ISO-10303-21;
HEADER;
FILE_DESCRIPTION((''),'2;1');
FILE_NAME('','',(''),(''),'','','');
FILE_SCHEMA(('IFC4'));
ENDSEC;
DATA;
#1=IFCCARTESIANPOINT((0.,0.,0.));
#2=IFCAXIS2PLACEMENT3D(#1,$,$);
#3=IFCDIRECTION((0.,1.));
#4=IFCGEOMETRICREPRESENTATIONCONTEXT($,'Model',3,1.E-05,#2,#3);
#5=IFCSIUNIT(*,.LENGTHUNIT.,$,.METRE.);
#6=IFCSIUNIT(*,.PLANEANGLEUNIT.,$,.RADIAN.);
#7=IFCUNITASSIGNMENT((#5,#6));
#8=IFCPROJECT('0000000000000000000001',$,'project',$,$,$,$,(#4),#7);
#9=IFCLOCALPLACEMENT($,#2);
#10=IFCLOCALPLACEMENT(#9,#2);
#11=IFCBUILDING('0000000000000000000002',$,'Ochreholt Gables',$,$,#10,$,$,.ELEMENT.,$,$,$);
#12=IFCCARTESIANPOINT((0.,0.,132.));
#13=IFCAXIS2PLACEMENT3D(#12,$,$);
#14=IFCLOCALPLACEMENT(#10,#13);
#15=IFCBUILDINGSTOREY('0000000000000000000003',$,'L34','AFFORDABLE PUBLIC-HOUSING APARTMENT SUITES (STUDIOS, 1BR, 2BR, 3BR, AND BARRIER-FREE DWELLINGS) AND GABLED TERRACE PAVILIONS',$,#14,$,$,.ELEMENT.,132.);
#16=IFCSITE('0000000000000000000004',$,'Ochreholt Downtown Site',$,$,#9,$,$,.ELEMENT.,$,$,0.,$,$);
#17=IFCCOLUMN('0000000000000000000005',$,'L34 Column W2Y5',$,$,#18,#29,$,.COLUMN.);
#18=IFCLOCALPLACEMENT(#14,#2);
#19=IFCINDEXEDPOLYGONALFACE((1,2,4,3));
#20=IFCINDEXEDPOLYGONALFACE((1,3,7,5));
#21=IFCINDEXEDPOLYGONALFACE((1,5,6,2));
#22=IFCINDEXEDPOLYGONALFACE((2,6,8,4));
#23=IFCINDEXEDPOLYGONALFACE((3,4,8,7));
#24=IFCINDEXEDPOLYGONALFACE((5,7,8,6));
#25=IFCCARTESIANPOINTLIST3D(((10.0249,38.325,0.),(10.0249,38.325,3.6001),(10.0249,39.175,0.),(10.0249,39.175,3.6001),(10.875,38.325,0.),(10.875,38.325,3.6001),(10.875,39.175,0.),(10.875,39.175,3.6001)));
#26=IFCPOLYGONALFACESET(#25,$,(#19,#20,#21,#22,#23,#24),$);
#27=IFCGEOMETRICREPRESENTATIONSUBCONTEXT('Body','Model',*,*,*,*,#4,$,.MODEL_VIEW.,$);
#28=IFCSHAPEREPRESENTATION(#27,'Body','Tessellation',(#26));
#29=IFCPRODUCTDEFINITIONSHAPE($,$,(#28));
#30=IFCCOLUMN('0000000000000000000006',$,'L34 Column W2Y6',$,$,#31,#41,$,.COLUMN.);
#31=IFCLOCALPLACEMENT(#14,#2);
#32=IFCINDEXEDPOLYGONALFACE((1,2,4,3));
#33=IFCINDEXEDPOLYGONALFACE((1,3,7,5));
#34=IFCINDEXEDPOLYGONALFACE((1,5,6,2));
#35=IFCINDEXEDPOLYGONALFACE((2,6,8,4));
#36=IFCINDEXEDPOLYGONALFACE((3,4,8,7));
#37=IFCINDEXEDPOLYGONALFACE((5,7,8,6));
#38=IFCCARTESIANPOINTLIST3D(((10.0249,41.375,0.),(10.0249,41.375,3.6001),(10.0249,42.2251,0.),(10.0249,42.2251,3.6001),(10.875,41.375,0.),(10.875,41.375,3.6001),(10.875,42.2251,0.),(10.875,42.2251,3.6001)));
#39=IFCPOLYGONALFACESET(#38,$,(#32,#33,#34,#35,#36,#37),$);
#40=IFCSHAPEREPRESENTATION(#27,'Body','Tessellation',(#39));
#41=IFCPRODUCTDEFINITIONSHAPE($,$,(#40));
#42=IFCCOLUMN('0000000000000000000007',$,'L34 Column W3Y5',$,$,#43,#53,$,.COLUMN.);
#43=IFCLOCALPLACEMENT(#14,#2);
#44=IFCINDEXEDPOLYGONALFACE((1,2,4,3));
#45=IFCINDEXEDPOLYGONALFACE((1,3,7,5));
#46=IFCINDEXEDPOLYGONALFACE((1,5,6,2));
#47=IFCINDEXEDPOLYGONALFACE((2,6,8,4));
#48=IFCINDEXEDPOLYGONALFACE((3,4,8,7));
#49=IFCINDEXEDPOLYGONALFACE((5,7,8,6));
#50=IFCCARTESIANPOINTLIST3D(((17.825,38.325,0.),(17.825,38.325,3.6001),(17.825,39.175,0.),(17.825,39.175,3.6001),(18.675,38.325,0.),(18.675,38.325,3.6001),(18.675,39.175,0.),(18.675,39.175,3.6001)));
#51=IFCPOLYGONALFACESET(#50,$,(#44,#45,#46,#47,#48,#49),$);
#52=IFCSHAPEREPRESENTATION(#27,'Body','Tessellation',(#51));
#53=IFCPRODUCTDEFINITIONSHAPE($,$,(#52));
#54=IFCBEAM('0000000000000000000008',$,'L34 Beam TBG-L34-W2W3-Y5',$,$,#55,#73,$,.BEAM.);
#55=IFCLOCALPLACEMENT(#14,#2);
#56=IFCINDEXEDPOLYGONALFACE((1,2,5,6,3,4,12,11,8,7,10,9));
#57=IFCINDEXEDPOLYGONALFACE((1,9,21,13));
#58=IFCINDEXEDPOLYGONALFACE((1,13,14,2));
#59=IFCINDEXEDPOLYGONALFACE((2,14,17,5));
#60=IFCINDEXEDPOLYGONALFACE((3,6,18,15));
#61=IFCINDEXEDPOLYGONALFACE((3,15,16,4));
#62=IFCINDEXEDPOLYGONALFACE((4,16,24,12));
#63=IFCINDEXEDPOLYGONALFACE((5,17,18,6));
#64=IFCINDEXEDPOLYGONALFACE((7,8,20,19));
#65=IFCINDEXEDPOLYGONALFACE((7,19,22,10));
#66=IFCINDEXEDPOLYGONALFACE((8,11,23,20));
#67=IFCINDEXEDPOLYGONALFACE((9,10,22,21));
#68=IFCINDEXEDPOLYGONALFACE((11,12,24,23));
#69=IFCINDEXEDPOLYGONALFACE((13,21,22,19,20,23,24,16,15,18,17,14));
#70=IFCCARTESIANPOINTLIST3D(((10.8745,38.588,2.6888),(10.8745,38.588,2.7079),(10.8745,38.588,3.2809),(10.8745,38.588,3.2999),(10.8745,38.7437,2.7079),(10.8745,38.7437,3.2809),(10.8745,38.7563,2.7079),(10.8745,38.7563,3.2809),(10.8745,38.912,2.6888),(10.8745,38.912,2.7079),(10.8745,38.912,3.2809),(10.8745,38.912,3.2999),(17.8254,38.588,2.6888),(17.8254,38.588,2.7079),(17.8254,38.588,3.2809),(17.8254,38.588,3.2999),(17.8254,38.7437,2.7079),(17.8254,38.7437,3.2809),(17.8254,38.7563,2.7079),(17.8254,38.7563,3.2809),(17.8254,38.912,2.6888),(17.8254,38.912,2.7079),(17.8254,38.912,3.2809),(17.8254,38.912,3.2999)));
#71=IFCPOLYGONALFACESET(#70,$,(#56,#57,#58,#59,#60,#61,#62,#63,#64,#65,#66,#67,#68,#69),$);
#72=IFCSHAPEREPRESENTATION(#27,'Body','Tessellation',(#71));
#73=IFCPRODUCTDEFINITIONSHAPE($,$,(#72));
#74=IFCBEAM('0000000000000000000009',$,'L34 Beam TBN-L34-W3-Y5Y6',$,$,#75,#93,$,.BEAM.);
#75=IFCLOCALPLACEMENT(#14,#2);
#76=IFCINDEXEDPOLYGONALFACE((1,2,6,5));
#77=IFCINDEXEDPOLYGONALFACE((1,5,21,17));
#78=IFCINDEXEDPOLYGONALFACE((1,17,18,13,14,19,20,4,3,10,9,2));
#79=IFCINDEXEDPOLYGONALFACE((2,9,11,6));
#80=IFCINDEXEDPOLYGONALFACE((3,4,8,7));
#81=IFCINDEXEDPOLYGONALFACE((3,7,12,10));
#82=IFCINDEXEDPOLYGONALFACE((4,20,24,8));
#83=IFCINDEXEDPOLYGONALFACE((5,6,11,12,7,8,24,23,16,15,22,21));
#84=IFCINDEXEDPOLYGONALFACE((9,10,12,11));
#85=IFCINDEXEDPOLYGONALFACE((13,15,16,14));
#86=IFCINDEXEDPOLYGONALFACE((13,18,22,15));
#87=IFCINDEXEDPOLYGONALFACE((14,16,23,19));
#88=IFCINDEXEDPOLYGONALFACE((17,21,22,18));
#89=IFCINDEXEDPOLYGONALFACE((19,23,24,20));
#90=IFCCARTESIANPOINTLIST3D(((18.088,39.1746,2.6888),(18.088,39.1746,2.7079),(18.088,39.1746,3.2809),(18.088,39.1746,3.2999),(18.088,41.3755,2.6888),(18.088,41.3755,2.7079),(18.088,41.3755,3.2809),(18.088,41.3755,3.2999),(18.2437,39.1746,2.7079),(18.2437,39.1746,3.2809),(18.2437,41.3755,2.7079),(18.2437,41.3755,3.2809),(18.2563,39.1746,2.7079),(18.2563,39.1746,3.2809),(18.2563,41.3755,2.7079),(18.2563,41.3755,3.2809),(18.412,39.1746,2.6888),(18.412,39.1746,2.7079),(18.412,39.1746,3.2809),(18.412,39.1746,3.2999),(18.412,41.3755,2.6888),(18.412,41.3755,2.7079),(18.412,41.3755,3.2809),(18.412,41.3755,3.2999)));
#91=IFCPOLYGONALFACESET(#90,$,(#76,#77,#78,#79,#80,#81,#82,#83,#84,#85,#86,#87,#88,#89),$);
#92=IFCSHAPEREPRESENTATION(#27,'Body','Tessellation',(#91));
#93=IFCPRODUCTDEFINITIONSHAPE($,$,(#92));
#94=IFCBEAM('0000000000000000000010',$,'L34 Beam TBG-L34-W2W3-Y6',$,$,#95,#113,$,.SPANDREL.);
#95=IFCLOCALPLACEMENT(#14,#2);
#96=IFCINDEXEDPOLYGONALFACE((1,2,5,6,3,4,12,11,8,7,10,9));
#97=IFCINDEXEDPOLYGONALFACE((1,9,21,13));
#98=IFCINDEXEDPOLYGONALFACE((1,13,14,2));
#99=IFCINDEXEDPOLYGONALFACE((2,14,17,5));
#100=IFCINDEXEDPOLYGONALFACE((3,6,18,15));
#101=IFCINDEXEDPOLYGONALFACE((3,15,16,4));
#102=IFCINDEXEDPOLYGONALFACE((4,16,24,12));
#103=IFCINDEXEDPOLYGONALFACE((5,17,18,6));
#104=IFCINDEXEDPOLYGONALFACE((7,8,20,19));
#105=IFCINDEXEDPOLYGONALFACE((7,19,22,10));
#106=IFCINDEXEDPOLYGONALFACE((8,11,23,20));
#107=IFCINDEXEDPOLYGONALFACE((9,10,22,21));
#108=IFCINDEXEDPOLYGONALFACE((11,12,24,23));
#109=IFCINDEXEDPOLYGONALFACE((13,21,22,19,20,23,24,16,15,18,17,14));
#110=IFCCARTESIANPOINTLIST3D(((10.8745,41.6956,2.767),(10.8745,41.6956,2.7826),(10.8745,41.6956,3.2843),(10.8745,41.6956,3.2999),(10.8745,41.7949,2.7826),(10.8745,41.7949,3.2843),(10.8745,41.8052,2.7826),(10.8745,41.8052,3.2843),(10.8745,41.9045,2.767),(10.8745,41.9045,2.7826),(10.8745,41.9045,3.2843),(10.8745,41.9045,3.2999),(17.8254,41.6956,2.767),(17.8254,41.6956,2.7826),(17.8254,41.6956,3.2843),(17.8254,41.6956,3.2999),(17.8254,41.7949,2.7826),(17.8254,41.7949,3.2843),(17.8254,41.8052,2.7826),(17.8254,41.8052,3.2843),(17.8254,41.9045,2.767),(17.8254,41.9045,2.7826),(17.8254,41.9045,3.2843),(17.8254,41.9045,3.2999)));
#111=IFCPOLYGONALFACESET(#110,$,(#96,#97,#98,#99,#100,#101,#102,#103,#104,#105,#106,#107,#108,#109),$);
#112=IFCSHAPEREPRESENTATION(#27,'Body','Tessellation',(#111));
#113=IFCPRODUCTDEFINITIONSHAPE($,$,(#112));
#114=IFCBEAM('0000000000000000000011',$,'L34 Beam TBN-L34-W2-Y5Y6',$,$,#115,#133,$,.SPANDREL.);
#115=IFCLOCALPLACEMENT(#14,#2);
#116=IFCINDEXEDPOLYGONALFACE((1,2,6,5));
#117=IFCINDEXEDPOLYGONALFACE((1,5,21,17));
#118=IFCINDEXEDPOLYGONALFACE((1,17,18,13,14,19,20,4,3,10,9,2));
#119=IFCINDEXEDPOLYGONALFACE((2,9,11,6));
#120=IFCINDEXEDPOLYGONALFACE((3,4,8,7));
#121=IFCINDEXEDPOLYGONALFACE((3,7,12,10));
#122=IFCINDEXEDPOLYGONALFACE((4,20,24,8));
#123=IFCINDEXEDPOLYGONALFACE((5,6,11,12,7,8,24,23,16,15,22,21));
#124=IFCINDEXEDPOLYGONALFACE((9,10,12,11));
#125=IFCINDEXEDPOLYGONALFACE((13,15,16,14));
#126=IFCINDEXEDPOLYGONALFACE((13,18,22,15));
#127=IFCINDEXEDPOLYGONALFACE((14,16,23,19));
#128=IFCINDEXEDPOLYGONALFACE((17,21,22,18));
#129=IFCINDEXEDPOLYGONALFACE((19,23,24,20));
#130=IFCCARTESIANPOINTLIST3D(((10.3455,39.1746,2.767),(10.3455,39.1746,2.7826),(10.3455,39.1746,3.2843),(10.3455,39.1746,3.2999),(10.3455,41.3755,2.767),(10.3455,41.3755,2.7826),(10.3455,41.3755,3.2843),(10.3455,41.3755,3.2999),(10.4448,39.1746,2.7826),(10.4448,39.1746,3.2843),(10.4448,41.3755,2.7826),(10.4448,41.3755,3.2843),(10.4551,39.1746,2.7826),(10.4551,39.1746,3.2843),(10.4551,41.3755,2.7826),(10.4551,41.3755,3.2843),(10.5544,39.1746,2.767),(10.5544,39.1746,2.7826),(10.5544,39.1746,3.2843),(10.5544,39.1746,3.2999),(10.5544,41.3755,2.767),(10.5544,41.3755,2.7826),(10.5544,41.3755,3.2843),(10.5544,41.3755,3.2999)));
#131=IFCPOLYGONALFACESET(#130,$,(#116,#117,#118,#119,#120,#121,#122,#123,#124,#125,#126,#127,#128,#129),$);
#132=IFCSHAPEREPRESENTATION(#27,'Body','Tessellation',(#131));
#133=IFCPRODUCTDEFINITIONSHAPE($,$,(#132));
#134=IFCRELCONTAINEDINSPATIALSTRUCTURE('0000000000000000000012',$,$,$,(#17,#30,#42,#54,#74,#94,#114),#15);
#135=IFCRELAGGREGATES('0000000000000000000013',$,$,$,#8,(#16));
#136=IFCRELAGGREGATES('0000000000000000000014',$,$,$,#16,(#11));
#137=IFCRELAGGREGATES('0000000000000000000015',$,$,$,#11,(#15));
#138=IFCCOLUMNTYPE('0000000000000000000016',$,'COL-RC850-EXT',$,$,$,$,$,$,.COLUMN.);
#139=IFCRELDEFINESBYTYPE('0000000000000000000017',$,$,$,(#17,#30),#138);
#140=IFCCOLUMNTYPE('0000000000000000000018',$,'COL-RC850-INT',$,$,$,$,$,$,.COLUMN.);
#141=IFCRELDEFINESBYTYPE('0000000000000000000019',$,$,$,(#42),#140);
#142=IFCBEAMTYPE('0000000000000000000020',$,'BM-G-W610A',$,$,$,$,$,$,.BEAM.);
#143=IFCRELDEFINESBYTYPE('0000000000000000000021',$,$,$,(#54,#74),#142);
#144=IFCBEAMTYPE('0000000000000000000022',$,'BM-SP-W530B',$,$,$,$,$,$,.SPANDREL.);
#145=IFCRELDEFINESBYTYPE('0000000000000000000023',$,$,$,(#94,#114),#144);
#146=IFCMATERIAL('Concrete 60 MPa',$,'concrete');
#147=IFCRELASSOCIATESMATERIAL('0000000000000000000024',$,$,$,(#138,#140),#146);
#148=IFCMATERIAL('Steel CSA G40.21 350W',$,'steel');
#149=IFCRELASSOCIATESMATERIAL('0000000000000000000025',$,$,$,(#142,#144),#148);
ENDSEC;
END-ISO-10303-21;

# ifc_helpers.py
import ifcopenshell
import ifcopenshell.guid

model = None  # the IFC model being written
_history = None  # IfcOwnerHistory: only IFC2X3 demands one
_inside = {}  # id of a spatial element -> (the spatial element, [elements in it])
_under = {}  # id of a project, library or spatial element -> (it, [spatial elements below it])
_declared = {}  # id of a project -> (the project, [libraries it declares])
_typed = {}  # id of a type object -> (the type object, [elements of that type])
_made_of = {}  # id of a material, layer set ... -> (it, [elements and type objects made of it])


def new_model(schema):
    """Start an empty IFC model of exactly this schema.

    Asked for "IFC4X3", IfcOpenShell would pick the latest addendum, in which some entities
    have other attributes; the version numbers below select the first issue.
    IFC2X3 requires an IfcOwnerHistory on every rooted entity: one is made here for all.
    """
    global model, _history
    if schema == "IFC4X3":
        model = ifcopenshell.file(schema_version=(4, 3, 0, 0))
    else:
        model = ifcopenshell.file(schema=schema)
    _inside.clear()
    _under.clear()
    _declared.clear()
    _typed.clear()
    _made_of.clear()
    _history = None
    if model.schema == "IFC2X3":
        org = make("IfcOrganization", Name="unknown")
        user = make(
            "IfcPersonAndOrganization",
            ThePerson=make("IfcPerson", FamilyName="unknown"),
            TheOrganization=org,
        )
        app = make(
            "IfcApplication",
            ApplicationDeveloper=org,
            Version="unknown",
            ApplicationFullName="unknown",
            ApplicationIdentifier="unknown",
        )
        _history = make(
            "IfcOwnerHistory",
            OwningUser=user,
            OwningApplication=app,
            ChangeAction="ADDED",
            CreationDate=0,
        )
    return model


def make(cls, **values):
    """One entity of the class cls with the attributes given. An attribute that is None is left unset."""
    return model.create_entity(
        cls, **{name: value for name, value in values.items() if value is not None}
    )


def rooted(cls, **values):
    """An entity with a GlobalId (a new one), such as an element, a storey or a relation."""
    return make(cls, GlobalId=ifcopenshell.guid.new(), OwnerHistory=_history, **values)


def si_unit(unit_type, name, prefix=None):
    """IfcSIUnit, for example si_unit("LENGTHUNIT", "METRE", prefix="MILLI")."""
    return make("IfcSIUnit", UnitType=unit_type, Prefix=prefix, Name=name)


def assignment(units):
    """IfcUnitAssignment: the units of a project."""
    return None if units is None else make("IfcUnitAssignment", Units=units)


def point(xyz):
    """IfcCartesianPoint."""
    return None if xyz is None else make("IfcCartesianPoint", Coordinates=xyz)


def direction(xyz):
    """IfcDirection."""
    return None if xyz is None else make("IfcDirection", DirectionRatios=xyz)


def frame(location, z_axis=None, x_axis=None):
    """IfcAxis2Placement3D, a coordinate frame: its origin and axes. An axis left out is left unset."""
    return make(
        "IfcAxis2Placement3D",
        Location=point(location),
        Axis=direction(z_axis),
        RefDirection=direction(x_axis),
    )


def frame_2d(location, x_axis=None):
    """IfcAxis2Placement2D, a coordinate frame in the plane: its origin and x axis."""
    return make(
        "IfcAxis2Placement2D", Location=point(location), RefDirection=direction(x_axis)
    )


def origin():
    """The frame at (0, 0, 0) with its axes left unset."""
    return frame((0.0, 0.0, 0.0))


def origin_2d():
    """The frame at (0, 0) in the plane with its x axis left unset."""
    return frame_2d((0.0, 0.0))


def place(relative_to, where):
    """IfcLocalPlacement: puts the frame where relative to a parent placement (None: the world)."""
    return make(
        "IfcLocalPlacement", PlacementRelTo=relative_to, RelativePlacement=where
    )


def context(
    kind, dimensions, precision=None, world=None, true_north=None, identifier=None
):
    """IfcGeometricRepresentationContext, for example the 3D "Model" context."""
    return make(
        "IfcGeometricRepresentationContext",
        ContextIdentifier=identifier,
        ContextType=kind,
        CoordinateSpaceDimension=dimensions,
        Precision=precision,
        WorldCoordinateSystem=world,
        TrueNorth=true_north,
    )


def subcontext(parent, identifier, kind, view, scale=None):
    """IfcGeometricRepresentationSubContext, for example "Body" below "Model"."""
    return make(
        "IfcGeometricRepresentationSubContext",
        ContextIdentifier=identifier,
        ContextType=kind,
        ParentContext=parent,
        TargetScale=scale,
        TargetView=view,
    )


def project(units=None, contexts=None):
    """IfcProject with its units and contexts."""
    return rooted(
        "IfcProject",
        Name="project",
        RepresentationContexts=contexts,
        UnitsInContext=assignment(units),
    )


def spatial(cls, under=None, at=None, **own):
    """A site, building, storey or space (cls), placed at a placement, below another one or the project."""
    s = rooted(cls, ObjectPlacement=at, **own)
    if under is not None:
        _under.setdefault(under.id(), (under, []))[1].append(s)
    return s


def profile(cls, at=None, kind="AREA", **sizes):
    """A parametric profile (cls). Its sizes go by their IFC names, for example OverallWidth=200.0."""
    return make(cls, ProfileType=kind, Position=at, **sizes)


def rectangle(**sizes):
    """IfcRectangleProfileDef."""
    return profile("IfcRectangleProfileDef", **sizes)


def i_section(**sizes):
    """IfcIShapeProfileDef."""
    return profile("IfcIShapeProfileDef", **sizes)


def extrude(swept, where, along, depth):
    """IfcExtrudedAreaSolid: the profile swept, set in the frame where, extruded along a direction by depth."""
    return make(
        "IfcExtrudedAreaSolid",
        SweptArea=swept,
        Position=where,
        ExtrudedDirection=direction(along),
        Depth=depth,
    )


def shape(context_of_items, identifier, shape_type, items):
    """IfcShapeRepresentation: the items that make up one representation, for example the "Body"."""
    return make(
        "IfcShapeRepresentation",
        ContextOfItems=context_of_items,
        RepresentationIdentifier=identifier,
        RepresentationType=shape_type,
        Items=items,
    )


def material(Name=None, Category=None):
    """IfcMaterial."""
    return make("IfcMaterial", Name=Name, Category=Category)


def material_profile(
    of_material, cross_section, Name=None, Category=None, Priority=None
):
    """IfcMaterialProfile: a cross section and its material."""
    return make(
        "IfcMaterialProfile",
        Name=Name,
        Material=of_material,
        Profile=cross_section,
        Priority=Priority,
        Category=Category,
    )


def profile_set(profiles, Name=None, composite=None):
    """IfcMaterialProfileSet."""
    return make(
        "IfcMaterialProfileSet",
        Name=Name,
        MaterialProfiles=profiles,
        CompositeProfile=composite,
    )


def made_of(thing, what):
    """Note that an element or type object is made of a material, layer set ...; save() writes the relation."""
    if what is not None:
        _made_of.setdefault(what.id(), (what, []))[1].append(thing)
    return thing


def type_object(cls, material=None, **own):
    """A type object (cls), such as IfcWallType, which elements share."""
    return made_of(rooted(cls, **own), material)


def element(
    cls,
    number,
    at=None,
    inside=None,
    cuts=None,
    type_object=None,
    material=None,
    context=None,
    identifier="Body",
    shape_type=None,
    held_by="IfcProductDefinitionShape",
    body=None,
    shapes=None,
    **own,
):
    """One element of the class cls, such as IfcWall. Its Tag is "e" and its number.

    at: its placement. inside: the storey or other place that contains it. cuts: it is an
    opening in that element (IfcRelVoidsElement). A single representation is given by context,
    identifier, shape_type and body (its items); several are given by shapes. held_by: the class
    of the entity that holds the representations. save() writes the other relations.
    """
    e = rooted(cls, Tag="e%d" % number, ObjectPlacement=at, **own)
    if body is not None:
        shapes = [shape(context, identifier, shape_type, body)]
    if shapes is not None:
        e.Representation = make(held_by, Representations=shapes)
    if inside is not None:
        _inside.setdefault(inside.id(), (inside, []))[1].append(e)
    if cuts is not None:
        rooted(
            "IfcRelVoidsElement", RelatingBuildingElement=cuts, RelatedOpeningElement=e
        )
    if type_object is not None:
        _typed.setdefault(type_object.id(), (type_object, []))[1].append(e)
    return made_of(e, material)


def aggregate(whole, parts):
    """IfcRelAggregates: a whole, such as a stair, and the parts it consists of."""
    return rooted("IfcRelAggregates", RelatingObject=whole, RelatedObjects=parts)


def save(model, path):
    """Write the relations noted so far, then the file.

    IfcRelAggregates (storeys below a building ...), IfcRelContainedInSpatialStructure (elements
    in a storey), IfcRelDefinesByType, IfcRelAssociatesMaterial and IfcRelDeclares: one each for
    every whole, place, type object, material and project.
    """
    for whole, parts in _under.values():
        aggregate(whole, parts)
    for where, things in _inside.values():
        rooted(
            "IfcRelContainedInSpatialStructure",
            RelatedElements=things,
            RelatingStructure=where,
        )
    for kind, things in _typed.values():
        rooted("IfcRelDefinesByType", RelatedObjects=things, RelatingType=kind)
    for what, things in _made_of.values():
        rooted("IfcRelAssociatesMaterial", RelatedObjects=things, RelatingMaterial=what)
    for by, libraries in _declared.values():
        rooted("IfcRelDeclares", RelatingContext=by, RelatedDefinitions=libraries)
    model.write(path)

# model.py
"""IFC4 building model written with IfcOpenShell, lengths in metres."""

from ifc_helpers import new_model, si_unit, direction, frame, origin, origin_2d, place, context, subcontext, project, spatial, rectangle, i_section, extrude, material, material_profile, profile_set, type_object, element, save


model = new_model("IFC4")

# Units and contexts
model_context = context("Model", 3, precision=1e-05, world=origin(), true_north=direction((0.0, 1.0)))
body_context = subcontext(model_context, "Body", "Model", "MODEL_VIEW")
ifc_project = project(units=[si_unit("LENGTHUNIT", "METRE"), si_unit("PLANEANGLEUNIT", "RADIAN")], contexts=[model_context])

# Site, building, storey
site_placement = place(None, origin())
site = spatial("IfcSite", under=ifc_project, at=site_placement, Name="Ochreholt Downtown Site", CompositionType="ELEMENT", RefElevation=0.0)
building_placement = place(site_placement, origin())
building = spatial("IfcBuilding", under=site, at=building_placement, Name="Ochreholt Gables", CompositionType="ELEMENT")
storey_placement = place(building_placement, frame((0.0, 0.0, 132.0)))
storey = spatial("IfcBuildingStorey", under=building, at=storey_placement, Name="L34", Description="AFFORDABLE PUBLIC-HOUSING APARTMENT SUITES (STUDIOS, 1BR, 2BR, 3BR, AND BARRIER-FREE DWELLINGS) AND GABLED TERRACE PAVILIONS", CompositionType="ELEMENT", Elevation=132.0)

# Columns
ifc_material_1 = material(Name="Concrete 60 MPa", Category="concrete")
ifc_material_profile_1 = material_profile(ifc_material_1, rectangle(XDim=0.8501, YDim=0.8501, at=origin_2d()), Name="RC850X850")
ifc_profile_set_1 = profile_set([ifc_material_profile_1], Name="Concrete 60 MPa")
column_type_1 = type_object("IfcColumnType", Name="COL-RC850-EXT", PredefinedType="COLUMN", material=ifc_profile_set_1)
for number, where, z_axis, x_axis, name in (
    (1, (10.45, 38.75, 0.0), (0.0, 0.0, 1.0), (1.0, 0.0, 0.0), "L34 Column W2Y5"),
    (2, (10.45, 41.8, 0.0), (0.0, 0.0, 1.0), (1.0, 0.0, 0.0), "L34 Column W2Y6"),
):
    element("IfcColumn", number, at=place(storey_placement, frame(where, z_axis=z_axis, x_axis=x_axis)), inside=storey, type_object=column_type_1, Name=name, PredefinedType="COLUMN", context=body_context, shape_type="SweptSolid", body=[
        extrude(rectangle(XDim=0.8501, YDim=0.8501, at=origin_2d()), origin(), (0.0, 0.0, 1.0), 3.6001),
    ])
ifc_material_profile_2 = material_profile(ifc_material_1, rectangle(XDim=0.8501, YDim=0.8501, at=origin_2d()), Name="RC850X850")
ifc_profile_set_2 = profile_set([ifc_material_profile_2], Name="Concrete 60 MPa")
column_type_2 = type_object("IfcColumnType", Name="COL-RC850-INT", PredefinedType="COLUMN", material=ifc_profile_set_2)
column_placement = place(storey_placement, frame((18.25, 38.75, 0.0), z_axis=(0.0, 0.0, 1.0), x_axis=(1.0, 0.0, 0.0)))
element("IfcColumn", 3, at=column_placement, inside=storey, type_object=column_type_2, Name="L34 Column W3Y5", PredefinedType="COLUMN", context=body_context, shape_type="SweptSolid", body=[
    extrude(rectangle(XDim=0.8501, YDim=0.8501, at=origin_2d()), origin(), (0.0, 0.0, 1.0), 3.6001),
])

# Beams
ifc_material_2 = material(Name="Steel CSA G40.21 350W", Category="steel")
ifc_material_profile_3 = material_profile(ifc_material_2, i_section(OverallWidth=0.324, OverallDepth=0.6111, WebThickness=0.0127, FlangeThickness=0.019, at=origin_2d()), Name="W610X155")
ifc_profile_set_3 = profile_set([ifc_material_profile_3], Name="Steel CSA G40.21 350W")
beam_type_1 = type_object("IfcBeamType", Name="BM-G-W610A", PredefinedType="BEAM", material=ifc_profile_set_3)
beam_1_placement = place(storey_placement, frame((10.8745, 38.75, 2.9944), z_axis=(1.0, 0.0, 0.0), x_axis=(0.0, 1.0, 0.0)))
element("IfcBeam", 4, at=beam_1_placement, inside=storey, type_object=beam_type_1, Name="L34 Beam TBG-L34-W2W3-Y5", PredefinedType="BEAM", context=body_context, shape_type="SweptSolid", body=[
    extrude(i_section(OverallWidth=0.324, OverallDepth=0.6111, WebThickness=0.0127, FlangeThickness=0.019, at=origin_2d()), origin(), (0.0, 0.0, 1.0), 6.9509),
])
beam_2_placement = place(storey_placement, frame((18.25, 39.1746, 2.9944), z_axis=(0.0, 1.0, 0.0), x_axis=(-1.0, 0.0, 0.0)))
element("IfcBeam", 5, at=beam_2_placement, inside=storey, type_object=beam_type_1, Name="L34 Beam TBN-L34-W3-Y5Y6", PredefinedType="BEAM", context=body_context, shape_type="SweptSolid", body=[
    extrude(i_section(OverallWidth=0.324, OverallDepth=0.6111, WebThickness=0.0127, FlangeThickness=0.019, at=origin_2d()), origin(), (0.0, 0.0, 1.0), 2.2009),
])
ifc_material_profile_4 = material_profile(ifc_material_2, i_section(OverallWidth=0.209, OverallDepth=0.533, WebThickness=0.0103, FlangeThickness=0.0156, at=origin_2d()), Name="W530X92")
ifc_profile_set_4 = profile_set([ifc_material_profile_4], Name="Steel CSA G40.21 350W")
beam_type_2 = type_object("IfcBeamType", Name="BM-SP-W530B", PredefinedType="SPANDREL", material=ifc_profile_set_4)
beam_3_placement = place(storey_placement, frame((10.8745, 41.8, 3.0334), z_axis=(1.0, 0.0, 0.0), x_axis=(0.0, 1.0, 0.0)))
element("IfcBeam", 6, at=beam_3_placement, inside=storey, type_object=beam_type_2, Name="L34 Beam TBG-L34-W2W3-Y6", PredefinedType="SPANDREL", context=body_context, shape_type="SweptSolid", body=[
    extrude(i_section(OverallWidth=0.209, OverallDepth=0.533, WebThickness=0.0103, FlangeThickness=0.0156, at=origin_2d()), origin(), (0.0, 0.0, 1.0), 6.9509),
])
beam_4_placement = place(storey_placement, frame((10.45, 39.1746, 3.0334), z_axis=(0.0, 1.0, 0.0), x_axis=(-1.0, 0.0, 0.0)))
element("IfcBeam", 7, at=beam_4_placement, inside=storey, type_object=beam_type_2, Name="L34 Beam TBN-L34-W2-Y5Y6", PredefinedType="SPANDREL", context=body_context, shape_type="SweptSolid", body=[
    extrude(i_section(OverallWidth=0.209, OverallDepth=0.533, WebThickness=0.0103, FlangeThickness=0.0156, at=origin_2d()), origin(), (0.0, 0.0, 1.0), 2.2009),
])

save(model, "model.ifc")
